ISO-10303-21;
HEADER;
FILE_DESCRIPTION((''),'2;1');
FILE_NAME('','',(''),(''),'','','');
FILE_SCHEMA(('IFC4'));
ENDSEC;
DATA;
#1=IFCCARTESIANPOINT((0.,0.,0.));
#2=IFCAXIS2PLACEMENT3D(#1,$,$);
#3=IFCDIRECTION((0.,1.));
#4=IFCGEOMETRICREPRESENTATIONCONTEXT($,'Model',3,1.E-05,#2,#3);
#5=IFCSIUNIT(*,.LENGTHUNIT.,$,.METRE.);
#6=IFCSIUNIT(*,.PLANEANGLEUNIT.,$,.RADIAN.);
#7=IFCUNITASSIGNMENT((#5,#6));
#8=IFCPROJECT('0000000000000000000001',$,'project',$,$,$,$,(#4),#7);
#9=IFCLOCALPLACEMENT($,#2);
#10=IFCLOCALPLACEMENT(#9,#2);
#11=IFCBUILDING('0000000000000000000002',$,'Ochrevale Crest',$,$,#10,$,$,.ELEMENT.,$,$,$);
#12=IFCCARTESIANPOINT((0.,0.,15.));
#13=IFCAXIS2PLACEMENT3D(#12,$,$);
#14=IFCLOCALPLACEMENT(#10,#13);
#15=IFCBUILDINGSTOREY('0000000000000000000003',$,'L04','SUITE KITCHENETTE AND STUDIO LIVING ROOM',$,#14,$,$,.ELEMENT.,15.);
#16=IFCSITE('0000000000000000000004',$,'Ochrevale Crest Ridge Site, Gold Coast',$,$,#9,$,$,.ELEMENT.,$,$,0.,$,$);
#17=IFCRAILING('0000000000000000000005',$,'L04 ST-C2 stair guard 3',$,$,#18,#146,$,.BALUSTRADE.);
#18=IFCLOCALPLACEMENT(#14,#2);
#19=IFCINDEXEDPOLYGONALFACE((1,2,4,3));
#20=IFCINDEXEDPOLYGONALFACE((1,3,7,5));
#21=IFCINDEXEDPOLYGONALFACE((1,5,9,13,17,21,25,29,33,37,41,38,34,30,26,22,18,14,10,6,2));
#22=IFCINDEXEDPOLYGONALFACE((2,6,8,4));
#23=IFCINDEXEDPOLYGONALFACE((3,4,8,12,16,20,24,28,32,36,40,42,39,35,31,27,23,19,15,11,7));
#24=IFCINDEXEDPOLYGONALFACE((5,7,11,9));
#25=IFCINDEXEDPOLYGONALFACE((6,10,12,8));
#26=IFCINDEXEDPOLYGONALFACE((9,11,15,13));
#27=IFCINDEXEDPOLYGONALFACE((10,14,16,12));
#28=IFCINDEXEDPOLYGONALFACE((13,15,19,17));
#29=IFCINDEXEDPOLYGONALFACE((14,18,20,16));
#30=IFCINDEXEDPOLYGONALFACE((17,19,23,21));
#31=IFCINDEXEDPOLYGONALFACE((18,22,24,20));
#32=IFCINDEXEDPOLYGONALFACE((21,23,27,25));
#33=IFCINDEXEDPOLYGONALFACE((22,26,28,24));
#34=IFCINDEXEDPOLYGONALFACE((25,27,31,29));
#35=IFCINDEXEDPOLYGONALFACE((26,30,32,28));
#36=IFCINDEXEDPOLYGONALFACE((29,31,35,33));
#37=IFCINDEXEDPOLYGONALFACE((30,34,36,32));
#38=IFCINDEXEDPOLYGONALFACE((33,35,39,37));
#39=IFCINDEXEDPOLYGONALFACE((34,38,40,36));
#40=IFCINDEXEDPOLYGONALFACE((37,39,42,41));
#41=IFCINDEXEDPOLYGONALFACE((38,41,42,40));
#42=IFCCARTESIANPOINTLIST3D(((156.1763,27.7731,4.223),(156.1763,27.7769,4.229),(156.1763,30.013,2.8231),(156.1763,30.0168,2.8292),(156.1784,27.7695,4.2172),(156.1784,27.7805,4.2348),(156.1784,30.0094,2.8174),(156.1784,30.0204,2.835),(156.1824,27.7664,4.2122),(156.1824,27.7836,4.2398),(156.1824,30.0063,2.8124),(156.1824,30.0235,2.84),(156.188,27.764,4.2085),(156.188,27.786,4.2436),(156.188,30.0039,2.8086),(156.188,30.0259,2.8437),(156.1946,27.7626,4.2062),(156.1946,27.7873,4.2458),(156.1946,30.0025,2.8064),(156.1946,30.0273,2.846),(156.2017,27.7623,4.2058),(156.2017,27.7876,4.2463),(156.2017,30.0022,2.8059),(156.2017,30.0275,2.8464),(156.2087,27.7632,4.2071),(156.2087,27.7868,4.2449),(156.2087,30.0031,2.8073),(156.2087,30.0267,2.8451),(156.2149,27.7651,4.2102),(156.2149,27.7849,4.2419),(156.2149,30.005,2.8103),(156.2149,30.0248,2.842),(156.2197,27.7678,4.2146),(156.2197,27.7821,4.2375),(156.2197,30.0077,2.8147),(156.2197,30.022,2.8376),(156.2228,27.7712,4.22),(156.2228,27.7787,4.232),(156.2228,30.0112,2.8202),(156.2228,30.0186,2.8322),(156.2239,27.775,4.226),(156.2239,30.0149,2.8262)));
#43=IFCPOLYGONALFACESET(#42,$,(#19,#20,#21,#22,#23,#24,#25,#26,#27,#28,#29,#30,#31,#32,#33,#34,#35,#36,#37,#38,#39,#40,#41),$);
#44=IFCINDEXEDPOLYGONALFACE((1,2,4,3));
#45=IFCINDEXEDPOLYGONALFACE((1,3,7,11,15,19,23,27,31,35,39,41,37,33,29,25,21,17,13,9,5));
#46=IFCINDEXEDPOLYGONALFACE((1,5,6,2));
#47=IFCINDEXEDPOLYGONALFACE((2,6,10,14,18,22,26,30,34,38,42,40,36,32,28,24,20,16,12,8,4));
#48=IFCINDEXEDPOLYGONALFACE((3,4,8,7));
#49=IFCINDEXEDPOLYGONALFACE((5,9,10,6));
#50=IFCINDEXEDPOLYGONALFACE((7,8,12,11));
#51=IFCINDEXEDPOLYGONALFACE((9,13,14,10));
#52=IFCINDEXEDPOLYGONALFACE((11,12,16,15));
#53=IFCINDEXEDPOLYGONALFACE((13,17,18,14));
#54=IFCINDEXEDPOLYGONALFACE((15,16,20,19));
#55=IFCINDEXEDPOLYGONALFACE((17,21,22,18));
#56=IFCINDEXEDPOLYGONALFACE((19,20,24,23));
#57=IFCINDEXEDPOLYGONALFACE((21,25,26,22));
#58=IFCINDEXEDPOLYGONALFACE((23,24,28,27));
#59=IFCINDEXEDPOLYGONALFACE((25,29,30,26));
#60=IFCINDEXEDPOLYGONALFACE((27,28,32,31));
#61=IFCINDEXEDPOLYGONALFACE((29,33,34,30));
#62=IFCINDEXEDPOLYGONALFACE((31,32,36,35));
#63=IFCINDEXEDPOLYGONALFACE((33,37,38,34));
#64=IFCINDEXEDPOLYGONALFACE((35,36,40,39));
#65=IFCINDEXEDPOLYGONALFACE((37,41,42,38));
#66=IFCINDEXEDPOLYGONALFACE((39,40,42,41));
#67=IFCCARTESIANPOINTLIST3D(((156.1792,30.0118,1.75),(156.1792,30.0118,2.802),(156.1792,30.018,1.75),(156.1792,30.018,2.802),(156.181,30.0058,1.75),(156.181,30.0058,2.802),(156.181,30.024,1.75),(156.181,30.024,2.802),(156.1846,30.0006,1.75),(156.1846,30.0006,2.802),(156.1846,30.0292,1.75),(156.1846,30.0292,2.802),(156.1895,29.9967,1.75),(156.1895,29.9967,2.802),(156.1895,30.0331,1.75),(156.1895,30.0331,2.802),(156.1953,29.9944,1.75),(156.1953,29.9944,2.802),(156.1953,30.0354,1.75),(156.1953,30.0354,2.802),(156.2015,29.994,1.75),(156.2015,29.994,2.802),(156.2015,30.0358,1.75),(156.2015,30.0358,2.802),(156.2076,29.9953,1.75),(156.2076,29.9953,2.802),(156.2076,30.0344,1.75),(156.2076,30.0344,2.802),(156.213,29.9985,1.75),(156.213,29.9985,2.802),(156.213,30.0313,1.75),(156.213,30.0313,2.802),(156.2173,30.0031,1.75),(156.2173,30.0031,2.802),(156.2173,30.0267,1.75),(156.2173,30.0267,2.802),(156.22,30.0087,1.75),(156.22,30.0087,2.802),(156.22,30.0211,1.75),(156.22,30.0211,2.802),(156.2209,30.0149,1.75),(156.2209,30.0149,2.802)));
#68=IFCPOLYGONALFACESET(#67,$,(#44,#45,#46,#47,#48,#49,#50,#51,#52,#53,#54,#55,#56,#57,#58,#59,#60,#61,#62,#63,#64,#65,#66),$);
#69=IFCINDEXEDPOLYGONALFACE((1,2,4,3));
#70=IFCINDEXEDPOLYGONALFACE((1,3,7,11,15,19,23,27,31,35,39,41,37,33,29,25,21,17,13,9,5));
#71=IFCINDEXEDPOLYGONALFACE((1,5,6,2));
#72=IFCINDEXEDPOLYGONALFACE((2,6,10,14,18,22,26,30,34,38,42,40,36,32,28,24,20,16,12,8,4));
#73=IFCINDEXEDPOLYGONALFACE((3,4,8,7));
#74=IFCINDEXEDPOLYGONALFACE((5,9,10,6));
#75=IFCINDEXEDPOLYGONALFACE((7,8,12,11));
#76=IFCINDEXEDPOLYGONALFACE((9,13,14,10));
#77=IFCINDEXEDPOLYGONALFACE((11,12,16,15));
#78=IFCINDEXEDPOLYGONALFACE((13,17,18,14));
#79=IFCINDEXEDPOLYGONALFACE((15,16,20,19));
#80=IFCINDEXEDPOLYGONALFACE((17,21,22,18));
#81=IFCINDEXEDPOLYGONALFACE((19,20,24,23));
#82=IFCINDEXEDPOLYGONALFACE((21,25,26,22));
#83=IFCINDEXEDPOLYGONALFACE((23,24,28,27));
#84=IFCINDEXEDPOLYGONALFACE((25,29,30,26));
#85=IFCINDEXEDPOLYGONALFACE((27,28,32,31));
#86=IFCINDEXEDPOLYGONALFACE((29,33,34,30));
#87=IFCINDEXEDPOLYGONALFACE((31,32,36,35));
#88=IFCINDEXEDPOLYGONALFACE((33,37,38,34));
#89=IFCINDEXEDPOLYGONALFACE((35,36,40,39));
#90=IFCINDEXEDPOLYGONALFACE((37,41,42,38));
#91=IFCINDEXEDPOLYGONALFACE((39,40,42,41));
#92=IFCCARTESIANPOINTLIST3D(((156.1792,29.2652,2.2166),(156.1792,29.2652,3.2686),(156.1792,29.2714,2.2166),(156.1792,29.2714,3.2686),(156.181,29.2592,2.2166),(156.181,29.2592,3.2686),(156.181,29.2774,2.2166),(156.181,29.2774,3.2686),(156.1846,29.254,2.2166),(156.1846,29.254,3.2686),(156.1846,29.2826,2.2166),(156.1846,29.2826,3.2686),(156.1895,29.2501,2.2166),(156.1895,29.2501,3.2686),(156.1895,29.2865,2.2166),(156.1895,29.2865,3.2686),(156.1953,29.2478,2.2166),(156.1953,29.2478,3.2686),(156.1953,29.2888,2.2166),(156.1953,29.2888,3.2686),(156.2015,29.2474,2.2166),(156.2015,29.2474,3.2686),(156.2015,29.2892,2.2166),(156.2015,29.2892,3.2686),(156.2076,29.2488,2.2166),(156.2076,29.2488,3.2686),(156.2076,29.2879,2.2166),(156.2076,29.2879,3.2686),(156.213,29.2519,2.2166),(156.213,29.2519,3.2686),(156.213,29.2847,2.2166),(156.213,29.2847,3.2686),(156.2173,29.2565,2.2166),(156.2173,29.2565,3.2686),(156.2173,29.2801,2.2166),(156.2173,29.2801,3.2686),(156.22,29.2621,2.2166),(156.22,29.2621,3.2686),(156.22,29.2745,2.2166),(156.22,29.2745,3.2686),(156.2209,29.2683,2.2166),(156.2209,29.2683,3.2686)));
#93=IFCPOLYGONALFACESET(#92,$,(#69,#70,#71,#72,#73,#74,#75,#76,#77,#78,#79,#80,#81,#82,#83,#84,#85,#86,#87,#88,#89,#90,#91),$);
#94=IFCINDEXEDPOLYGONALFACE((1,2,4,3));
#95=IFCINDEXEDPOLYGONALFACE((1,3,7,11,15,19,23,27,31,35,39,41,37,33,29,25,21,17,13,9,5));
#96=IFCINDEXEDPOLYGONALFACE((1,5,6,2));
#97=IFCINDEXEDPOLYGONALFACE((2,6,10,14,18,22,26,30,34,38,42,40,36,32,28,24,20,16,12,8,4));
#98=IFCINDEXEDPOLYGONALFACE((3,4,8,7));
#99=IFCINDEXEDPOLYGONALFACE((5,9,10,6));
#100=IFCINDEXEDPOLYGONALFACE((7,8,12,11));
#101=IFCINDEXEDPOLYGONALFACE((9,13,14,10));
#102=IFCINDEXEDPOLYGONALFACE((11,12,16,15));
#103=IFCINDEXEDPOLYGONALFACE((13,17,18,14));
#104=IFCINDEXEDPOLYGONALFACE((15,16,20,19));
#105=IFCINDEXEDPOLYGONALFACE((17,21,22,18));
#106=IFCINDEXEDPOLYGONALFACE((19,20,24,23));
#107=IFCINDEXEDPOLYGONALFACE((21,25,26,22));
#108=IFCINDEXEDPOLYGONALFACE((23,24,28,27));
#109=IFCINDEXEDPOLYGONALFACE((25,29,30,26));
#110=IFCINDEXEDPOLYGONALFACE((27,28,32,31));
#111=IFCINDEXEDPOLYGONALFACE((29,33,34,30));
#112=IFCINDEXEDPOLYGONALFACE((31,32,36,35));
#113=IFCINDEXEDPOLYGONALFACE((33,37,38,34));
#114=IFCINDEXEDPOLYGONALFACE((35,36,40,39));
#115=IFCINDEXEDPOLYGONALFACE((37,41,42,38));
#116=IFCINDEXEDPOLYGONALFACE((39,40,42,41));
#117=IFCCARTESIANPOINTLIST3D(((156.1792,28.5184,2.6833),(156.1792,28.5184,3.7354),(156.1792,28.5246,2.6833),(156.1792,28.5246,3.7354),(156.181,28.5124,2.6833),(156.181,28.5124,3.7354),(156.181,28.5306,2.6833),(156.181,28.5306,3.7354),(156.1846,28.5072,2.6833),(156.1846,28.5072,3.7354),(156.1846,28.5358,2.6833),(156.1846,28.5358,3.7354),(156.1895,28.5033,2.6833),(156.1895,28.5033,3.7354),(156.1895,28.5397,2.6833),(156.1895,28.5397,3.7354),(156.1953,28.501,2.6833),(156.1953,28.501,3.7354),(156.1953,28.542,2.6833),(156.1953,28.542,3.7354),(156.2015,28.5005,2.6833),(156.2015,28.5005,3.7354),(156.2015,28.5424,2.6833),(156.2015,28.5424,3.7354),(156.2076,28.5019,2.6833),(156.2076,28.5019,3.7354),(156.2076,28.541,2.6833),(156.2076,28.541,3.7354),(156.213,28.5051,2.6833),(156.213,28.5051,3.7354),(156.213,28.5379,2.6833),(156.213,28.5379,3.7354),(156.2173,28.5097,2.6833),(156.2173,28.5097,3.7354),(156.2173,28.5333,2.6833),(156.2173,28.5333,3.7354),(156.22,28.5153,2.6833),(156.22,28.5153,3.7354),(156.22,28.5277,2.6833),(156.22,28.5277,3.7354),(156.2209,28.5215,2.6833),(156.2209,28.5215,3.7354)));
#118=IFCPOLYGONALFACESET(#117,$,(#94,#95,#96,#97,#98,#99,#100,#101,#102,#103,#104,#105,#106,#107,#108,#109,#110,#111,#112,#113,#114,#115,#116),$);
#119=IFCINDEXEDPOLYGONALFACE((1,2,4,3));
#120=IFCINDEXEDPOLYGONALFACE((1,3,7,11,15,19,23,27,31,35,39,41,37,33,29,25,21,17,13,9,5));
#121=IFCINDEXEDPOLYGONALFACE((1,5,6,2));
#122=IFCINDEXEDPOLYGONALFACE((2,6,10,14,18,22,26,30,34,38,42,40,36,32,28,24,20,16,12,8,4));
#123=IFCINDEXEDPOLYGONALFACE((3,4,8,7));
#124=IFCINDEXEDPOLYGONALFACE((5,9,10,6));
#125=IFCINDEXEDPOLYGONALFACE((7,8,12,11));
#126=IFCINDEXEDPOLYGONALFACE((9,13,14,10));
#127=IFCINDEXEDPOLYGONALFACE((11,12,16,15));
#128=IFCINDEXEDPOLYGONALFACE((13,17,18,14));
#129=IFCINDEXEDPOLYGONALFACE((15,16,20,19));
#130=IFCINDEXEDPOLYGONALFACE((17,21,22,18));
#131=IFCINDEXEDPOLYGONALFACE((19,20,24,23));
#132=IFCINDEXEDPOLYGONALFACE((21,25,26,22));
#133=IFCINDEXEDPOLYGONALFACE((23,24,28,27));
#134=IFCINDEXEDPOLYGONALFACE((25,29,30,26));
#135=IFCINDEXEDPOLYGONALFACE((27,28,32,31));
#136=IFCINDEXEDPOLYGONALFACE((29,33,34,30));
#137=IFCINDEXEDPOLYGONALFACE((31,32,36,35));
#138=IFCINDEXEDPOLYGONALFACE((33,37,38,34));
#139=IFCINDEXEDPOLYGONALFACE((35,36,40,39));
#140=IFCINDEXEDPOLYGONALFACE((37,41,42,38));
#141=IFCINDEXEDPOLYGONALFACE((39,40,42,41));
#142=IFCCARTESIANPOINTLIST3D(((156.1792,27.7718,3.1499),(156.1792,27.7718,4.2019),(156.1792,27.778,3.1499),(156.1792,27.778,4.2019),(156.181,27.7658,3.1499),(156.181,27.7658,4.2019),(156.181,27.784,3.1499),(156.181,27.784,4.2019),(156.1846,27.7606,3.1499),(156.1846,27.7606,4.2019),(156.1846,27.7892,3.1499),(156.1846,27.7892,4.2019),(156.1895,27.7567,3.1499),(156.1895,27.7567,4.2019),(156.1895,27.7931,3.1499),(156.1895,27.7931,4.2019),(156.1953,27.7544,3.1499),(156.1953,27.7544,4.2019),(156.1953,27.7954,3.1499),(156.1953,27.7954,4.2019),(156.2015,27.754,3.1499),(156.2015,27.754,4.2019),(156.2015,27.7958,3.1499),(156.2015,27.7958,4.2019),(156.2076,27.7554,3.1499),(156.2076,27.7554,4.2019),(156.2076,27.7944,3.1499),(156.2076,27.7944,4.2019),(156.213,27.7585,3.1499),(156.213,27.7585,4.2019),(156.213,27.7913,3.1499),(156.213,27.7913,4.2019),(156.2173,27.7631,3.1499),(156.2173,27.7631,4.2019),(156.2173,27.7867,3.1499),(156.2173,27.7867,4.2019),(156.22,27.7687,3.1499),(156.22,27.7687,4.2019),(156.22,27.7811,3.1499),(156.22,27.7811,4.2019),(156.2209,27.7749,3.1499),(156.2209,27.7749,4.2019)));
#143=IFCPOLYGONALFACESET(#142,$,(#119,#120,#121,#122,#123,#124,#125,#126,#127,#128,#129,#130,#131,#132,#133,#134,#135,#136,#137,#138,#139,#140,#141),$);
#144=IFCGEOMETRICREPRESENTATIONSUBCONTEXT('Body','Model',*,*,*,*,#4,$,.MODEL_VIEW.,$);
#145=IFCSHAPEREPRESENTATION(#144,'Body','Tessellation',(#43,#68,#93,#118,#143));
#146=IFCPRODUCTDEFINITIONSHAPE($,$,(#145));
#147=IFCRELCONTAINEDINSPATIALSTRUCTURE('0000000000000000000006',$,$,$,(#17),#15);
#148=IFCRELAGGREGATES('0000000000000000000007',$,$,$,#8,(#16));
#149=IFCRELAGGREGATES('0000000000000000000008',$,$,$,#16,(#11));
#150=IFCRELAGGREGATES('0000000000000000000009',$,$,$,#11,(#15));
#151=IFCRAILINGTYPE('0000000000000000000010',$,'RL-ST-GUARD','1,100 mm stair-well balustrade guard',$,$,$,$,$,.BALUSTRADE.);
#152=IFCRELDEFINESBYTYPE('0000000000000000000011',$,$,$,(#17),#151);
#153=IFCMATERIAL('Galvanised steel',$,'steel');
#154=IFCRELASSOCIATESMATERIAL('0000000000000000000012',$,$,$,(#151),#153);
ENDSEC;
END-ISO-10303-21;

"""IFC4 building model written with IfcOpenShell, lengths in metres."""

from ifc_helpers import new_model, si_unit, direction, frame, origin, origin_2d, place, context, subcontext, project, spatial, circle, extrude, material, type_object, element, save


model = new_model("IFC4")

# Units and contexts
model_context = context("Model", 3, precision=1e-05, world=origin(), true_north=direction((0.0, 1.0)))
body_context = subcontext(model_context, "Body", "Model", "MODEL_VIEW")
ifc_project = project(units=[si_unit("LENGTHUNIT", "METRE"), si_unit("PLANEANGLEUNIT", "RADIAN")], contexts=[model_context])

# Site, building, storey
site_placement = place(None, origin())
site = spatial("IfcSite", under=ifc_project, at=site_placement, Name="Ochrevale Crest Ridge Site, Gold Coast", CompositionType="ELEMENT", RefElevation=0.0)
building_placement = place(site_placement, origin())
building = spatial("IfcBuilding", under=site, at=building_placement, Name="Ochrevale Crest", CompositionType="ELEMENT")
storey_placement = place(building_placement, frame((0.0, 0.0, 15.0)))
storey = spatial("IfcBuildingStorey", under=building, at=storey_placement, Name="L04", Description="SUITE KITCHENETTE AND STUDIO LIVING ROOM", CompositionType="ELEMENT", Elevation=15.0)

# Railing
ifc_material_1 = material(Name="Galvanised steel", Category="steel")
railing_type_1 = type_object("IfcRailingType", Name="RL-ST-GUARD", Description="1,100 mm stair-well balustrade guard", PredefinedType="BALUSTRADE", material=ifc_material_1)
railing_1_placement = place(storey_placement, frame((156.2, 30.0149, 1.75)))
element("IfcRailing", 1, at=railing_1_placement, inside=storey, type_object=railing_type_1, Name="L04 ST-C2 stair guard 3", PredefinedType="BALUSTRADE", context=body_context, shape_type="SweptSolid", body=[
    extrude(circle(Radius=0.0239, at=origin_2d()), frame((0.0, 0.0, 1.0762), z_axis=(0.0, -0.848014, 0.529974), x_axis=(1.0, 0.0, 0.0)), (0.0, 0.0, 1.0), 2.6414),
    extrude(circle(Radius=0.021, at=origin_2d()), origin(), (0.0, 0.0, 1.0), 1.052),
    extrude(circle(Radius=0.021, at=origin_2d()), frame((0.0, -0.7466, 0.4666)), (0.0, 0.0, 1.0), 1.052),
    extrude(circle(Radius=0.021, at=origin_2d()), frame((0.0, -1.4934, 0.9333)), (0.0, 0.0, 1.0), 1.052),
    extrude(circle(Radius=0.021, at=origin_2d()), frame((0.0, -2.24, 1.3999)), (0.0, 0.0, 1.0), 1.052),
])

save(model, "model.ifc")
